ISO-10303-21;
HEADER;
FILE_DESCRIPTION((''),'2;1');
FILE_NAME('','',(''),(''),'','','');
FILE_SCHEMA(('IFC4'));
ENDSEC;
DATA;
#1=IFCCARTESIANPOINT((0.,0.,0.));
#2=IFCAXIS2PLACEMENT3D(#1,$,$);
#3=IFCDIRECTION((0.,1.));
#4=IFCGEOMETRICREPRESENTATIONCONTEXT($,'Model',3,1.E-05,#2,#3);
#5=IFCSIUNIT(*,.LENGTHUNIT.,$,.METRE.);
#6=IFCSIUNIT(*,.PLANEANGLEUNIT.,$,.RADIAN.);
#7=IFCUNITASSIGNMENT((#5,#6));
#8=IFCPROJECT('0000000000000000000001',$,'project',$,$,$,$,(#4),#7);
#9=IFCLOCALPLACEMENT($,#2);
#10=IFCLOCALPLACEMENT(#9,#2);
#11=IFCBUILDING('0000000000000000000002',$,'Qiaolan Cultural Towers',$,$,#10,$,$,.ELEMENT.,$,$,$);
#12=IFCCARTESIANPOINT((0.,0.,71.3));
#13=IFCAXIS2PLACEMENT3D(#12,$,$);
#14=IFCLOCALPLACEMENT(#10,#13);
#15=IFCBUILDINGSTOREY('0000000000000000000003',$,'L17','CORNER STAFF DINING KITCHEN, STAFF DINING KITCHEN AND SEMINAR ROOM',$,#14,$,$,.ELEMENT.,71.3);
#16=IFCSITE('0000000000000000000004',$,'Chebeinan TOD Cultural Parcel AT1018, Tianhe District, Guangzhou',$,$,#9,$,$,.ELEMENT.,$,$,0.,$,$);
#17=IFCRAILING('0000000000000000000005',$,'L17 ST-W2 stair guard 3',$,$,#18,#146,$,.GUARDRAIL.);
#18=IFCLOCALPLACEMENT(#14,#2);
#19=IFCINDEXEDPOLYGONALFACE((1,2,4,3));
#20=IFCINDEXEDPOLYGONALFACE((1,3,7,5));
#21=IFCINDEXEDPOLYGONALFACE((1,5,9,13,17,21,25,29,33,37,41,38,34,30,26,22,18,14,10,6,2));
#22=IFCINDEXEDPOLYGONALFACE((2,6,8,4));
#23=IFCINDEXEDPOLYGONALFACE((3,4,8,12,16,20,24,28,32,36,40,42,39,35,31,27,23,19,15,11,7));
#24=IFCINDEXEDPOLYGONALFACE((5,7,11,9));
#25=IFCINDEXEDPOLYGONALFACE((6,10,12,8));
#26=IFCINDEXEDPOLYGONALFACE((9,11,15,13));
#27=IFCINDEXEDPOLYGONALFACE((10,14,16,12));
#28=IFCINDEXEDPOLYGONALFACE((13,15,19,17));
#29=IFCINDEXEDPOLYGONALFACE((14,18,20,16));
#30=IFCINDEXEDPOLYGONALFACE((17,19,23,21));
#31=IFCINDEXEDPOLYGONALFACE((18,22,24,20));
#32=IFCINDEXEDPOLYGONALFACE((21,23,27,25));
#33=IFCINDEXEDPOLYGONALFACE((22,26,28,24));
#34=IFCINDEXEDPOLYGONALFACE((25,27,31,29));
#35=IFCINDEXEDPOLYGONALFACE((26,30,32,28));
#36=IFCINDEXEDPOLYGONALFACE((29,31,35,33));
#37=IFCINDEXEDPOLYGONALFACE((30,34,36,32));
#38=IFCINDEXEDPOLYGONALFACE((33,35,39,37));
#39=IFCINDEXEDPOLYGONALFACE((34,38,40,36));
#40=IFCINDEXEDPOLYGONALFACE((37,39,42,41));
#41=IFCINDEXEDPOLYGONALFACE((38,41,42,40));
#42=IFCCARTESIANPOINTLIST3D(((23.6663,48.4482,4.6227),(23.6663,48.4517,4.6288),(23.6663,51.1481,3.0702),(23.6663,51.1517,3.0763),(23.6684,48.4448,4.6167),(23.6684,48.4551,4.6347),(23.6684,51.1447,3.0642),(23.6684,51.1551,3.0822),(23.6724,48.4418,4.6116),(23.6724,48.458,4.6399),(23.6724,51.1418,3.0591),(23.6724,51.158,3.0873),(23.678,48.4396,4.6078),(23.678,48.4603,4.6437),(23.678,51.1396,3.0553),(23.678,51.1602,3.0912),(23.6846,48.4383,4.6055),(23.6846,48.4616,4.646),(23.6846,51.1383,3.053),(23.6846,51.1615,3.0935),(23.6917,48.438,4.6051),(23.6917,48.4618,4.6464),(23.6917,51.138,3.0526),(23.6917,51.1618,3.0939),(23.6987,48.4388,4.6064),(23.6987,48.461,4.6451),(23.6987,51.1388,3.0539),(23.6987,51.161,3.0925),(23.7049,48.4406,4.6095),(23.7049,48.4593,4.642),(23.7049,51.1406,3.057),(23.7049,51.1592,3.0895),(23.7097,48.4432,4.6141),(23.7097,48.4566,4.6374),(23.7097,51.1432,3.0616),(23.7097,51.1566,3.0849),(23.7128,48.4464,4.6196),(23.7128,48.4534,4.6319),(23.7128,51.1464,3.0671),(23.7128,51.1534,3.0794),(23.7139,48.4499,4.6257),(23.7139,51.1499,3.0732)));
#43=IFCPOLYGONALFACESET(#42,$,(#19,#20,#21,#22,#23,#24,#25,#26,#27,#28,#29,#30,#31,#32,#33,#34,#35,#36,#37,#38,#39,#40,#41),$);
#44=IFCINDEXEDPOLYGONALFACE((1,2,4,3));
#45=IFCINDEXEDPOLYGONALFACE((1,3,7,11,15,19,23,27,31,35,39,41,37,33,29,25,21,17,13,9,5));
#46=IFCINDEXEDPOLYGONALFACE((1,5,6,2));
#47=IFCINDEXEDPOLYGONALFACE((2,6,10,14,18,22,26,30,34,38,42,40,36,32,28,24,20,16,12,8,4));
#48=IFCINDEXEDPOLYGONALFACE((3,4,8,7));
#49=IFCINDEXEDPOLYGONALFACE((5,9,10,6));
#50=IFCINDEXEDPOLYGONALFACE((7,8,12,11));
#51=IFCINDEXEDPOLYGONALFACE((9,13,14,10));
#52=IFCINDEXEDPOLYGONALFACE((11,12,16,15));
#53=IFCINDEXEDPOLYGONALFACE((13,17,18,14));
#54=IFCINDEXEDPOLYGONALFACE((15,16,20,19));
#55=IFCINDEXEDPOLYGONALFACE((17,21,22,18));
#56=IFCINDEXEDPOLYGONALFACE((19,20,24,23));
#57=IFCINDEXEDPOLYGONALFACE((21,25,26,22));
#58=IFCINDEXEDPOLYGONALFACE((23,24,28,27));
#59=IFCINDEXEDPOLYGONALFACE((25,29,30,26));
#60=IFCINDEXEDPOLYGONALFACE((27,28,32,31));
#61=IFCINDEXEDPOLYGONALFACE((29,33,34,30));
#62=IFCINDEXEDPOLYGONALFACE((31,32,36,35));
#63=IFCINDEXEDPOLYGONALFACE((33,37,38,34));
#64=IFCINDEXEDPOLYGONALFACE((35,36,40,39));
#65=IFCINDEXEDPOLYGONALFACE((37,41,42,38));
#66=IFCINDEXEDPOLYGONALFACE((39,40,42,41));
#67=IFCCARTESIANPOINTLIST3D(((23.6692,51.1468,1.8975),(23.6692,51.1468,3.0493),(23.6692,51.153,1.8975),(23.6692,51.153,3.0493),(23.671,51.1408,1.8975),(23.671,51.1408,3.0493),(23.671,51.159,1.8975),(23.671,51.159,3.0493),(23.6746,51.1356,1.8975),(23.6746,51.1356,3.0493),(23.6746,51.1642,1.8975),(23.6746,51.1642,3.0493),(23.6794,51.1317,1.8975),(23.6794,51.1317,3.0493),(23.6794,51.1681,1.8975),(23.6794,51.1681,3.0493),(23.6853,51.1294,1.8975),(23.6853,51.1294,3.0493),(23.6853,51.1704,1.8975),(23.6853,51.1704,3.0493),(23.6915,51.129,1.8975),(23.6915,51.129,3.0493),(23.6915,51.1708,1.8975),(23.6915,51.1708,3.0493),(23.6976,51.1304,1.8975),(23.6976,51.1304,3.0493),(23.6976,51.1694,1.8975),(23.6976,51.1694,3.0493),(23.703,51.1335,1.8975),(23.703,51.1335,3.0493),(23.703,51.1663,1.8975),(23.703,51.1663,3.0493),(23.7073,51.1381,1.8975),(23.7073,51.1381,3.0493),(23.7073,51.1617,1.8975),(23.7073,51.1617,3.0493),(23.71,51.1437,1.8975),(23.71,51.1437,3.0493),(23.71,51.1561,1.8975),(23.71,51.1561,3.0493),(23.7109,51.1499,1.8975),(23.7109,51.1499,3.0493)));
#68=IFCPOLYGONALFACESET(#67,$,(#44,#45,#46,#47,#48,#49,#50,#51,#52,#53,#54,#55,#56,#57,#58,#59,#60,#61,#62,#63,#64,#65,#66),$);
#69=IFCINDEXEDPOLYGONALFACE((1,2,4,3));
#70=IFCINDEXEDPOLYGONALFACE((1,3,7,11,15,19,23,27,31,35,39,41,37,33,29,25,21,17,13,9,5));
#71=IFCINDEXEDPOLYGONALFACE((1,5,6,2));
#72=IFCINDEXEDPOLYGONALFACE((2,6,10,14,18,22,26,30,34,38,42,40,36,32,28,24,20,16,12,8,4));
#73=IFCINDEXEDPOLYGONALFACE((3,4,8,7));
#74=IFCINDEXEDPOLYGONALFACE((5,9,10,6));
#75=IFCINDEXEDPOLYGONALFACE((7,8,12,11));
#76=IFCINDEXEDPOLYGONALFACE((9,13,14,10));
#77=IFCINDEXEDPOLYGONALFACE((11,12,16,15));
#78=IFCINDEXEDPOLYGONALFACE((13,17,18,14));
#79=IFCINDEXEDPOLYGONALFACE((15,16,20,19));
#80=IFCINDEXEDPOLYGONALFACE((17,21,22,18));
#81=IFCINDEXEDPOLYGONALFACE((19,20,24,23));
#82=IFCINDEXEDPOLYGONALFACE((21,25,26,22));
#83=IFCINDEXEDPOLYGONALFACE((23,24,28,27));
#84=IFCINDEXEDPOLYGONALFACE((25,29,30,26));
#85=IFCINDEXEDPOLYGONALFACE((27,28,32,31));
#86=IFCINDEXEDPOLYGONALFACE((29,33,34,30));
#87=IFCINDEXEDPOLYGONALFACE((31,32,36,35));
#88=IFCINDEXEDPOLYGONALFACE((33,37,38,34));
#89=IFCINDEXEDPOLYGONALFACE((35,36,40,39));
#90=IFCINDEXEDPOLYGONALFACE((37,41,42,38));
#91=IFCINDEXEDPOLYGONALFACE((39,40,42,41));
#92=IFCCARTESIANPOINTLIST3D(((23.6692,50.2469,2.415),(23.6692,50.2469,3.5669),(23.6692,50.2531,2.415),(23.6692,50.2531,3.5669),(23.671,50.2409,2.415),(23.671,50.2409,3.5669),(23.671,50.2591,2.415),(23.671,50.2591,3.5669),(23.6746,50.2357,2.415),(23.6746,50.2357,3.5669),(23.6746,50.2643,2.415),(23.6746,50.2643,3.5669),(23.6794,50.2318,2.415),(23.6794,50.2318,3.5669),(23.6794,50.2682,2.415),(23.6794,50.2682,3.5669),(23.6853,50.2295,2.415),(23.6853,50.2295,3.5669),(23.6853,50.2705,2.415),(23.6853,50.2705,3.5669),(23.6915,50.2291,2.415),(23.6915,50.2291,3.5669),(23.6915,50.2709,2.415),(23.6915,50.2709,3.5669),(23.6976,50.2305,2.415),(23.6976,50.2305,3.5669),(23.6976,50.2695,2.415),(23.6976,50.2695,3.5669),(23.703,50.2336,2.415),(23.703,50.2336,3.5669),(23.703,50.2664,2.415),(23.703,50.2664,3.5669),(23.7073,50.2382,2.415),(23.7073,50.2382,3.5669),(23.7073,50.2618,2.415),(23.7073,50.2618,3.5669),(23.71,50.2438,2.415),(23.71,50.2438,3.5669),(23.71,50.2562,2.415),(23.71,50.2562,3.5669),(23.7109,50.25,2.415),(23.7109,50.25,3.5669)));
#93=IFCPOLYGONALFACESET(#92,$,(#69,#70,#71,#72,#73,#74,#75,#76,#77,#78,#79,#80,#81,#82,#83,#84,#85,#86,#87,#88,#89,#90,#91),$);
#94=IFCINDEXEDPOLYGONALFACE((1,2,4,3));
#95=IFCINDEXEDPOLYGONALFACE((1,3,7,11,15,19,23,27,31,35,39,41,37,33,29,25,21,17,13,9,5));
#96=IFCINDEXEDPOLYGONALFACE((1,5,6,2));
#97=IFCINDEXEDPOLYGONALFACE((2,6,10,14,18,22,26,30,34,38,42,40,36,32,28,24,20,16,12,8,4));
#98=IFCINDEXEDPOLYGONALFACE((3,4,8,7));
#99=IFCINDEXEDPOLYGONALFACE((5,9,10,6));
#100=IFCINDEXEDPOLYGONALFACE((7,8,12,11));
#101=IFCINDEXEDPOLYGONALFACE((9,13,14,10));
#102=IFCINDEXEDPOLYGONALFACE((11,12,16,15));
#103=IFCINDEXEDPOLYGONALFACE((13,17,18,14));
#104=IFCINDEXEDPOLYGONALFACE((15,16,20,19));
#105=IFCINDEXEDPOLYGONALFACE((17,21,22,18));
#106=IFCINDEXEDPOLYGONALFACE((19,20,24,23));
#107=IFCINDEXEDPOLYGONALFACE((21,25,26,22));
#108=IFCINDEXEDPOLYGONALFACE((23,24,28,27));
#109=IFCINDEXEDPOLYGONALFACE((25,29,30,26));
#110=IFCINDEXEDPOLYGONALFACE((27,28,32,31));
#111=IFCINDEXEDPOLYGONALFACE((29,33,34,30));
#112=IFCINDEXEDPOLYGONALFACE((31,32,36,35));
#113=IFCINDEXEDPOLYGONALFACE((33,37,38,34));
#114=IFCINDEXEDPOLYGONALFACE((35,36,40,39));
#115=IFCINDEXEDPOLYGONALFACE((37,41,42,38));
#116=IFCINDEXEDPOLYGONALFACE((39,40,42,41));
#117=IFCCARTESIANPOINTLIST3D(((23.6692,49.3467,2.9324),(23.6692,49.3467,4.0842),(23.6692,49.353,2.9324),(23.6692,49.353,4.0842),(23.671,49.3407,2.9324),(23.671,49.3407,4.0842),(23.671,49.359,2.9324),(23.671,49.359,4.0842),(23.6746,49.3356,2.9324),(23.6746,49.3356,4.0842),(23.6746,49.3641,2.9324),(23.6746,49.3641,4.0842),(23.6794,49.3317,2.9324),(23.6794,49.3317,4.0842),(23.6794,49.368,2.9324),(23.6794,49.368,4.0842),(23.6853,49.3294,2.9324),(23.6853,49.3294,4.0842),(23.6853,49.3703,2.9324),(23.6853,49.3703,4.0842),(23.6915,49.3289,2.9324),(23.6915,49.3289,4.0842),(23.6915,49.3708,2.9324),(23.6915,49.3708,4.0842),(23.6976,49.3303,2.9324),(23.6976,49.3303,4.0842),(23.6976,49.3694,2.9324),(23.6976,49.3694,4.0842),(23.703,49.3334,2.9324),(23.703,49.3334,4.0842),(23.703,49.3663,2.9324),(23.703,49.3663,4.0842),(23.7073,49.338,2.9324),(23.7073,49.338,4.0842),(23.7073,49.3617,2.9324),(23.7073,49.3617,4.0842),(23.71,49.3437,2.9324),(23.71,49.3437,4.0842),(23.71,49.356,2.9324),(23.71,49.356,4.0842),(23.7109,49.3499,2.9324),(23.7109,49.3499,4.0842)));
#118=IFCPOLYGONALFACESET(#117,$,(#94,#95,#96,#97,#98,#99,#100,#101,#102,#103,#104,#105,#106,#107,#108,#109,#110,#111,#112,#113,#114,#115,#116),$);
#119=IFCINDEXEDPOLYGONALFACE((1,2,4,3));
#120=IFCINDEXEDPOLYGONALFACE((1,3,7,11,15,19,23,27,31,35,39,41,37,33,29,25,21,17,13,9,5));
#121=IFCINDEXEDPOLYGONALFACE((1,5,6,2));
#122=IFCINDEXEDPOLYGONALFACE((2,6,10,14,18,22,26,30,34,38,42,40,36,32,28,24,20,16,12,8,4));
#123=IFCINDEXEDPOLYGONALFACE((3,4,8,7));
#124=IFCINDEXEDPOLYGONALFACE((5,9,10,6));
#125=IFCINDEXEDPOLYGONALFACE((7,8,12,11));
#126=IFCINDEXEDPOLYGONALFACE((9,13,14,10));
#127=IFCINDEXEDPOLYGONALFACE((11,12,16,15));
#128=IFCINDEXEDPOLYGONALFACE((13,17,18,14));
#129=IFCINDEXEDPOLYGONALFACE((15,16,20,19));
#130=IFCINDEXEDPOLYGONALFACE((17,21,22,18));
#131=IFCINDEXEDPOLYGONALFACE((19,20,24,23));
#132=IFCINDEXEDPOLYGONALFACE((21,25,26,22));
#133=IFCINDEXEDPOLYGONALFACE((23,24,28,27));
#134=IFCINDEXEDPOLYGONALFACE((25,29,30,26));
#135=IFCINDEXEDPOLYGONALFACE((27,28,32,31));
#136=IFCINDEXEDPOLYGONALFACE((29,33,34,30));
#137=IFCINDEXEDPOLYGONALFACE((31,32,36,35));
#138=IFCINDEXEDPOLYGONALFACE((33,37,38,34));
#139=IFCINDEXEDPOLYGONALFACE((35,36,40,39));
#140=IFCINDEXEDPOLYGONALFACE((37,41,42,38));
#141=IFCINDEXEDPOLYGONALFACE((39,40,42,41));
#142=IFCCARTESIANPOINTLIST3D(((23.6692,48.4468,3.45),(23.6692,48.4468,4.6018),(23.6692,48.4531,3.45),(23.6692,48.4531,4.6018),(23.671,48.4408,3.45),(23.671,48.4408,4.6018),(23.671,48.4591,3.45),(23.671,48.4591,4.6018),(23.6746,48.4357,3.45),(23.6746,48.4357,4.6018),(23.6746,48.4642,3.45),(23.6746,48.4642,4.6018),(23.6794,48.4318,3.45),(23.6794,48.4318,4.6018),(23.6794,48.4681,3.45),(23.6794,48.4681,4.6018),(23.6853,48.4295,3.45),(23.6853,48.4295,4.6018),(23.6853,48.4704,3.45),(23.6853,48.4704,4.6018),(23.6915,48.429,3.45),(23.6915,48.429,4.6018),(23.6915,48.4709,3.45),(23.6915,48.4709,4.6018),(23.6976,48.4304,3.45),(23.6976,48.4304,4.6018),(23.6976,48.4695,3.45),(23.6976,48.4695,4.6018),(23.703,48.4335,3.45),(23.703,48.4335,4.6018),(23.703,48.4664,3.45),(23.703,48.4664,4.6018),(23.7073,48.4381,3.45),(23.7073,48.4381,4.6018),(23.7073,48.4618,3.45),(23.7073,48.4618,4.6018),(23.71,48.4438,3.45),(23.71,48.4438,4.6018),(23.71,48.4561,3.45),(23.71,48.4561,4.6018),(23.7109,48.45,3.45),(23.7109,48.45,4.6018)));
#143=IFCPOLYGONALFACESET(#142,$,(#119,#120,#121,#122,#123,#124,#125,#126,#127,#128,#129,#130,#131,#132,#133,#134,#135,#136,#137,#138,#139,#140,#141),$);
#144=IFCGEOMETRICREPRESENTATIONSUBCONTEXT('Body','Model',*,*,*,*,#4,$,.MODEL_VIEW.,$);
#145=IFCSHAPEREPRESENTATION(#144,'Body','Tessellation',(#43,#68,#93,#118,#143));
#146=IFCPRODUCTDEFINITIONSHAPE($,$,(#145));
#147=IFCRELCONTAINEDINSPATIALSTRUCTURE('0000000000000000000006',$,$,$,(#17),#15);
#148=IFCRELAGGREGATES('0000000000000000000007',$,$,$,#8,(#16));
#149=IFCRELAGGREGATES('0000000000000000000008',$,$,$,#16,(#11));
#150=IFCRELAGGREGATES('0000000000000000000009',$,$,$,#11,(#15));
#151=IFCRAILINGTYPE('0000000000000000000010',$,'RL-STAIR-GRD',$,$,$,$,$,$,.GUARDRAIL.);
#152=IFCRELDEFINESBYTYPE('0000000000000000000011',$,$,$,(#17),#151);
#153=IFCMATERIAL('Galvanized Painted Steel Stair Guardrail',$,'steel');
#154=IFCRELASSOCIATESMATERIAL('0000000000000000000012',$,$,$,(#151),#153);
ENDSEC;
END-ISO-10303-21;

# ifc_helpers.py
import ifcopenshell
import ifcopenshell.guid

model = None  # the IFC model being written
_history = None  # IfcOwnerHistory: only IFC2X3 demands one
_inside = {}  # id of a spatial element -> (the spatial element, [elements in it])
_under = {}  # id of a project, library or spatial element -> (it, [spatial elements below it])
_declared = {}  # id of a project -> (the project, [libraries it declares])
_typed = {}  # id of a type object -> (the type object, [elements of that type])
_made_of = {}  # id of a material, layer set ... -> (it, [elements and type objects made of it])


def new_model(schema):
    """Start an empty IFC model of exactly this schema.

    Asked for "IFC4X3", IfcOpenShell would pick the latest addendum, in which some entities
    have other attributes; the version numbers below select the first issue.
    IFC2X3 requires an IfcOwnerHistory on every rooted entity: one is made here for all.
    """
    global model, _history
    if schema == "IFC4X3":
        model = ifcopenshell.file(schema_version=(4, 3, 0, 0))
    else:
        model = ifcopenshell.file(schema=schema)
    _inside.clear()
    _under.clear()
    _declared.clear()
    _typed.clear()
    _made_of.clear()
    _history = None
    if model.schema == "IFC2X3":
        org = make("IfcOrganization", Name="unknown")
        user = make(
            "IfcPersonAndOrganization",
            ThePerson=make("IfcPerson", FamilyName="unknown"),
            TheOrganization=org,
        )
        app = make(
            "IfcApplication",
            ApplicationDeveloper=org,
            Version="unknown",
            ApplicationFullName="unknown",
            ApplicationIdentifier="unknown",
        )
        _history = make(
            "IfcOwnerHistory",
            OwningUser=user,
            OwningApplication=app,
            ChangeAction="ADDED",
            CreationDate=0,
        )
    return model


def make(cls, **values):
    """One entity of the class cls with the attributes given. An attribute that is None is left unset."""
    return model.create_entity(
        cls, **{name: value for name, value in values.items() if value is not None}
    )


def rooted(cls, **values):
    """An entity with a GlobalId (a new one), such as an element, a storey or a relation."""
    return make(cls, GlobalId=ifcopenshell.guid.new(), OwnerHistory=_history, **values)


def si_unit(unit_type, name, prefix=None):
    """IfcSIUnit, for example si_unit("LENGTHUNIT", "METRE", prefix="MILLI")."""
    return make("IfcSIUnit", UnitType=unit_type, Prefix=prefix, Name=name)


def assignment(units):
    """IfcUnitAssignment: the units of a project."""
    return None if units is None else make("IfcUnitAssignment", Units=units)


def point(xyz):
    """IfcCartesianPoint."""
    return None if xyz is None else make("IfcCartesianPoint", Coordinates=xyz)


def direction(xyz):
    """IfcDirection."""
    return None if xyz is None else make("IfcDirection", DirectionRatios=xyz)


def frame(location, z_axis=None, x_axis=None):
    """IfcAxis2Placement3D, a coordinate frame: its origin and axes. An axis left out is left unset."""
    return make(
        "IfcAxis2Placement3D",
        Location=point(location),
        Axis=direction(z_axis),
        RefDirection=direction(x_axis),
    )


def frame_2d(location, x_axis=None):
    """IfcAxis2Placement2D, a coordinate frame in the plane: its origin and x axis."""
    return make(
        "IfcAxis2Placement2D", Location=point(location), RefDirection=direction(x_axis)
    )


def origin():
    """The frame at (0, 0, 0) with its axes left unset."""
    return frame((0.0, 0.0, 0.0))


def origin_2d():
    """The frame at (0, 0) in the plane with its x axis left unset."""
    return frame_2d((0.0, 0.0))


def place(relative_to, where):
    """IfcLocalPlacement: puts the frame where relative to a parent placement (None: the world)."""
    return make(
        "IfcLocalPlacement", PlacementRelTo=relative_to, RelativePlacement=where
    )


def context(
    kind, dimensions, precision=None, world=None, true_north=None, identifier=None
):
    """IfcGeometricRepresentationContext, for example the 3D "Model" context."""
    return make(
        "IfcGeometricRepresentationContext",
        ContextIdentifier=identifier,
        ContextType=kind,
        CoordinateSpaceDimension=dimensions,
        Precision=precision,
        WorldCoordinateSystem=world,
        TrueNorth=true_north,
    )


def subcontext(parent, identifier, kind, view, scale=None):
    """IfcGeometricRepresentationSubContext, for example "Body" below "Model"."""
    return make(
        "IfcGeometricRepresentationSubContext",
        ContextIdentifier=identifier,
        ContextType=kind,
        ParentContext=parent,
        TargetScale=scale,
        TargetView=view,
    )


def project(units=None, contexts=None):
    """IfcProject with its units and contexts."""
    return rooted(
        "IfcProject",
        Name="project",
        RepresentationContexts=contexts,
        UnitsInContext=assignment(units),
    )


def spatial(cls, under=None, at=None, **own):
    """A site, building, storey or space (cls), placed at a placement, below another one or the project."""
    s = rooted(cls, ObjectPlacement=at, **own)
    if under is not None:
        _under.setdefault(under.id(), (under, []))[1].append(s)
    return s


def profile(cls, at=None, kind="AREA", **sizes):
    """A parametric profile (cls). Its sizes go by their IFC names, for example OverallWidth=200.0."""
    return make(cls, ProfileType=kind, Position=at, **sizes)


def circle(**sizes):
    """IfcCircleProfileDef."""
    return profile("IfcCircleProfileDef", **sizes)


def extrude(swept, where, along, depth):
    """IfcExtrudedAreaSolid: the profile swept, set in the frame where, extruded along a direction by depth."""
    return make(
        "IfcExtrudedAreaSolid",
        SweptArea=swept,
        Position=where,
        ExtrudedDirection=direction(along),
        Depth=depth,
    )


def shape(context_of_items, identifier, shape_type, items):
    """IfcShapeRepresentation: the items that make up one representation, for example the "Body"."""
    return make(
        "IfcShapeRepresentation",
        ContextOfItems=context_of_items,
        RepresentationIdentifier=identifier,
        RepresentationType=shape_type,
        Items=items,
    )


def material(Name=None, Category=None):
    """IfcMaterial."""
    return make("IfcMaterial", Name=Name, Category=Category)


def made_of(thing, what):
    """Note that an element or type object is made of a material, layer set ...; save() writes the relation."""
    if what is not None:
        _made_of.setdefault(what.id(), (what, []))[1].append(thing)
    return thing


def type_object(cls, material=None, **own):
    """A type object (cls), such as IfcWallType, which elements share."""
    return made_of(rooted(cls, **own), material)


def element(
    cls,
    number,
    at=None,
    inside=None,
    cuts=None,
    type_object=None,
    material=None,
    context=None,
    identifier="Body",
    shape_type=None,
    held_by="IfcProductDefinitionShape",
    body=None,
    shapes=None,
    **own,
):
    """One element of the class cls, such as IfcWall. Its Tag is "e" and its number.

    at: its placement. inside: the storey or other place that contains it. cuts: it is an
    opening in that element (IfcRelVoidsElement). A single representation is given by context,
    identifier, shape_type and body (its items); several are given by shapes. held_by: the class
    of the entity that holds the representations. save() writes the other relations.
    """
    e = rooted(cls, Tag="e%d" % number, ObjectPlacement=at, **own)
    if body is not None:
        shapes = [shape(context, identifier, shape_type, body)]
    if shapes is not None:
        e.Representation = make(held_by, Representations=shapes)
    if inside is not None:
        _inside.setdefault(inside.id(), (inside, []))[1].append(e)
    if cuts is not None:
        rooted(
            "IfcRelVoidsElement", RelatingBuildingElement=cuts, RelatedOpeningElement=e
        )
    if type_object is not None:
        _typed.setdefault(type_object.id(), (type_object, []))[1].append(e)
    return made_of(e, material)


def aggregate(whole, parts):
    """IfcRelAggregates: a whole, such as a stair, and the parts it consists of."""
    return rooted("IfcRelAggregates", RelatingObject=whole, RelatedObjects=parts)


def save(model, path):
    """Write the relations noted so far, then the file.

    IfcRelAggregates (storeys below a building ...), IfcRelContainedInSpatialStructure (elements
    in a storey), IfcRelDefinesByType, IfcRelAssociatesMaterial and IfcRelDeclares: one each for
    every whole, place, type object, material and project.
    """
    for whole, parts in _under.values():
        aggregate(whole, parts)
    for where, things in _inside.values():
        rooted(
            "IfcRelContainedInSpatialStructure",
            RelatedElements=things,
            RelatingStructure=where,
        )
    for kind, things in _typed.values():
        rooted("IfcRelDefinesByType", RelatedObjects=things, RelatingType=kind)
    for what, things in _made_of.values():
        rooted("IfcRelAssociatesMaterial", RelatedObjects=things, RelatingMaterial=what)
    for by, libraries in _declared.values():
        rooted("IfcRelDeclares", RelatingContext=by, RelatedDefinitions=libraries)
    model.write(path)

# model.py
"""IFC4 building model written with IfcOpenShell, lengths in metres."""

from ifc_helpers import new_model, si_unit, direction, frame, origin, origin_2d, place, context, subcontext, project, spatial, circle, extrude, material, type_object, element, save


model = new_model("IFC4")

# Units and contexts
model_context = context("Model", 3, precision=1e-05, world=origin(), true_north=direction((0.0, 1.0)))
body_context = subcontext(model_context, "Body", "Model", "MODEL_VIEW")
ifc_project = project(units=[si_unit("LENGTHUNIT", "METRE"), si_unit("PLANEANGLEUNIT", "RADIAN")], contexts=[model_context])

# Site, building, storey
site_placement = place(None, origin())
site = spatial("IfcSite", under=ifc_project, at=site_placement, Name="Chebeinan TOD Cultural Parcel AT1018, Tianhe District, Guangzhou", CompositionType="ELEMENT", RefElevation=0.0)
building_placement = place(site_placement, origin())
building = spatial("IfcBuilding", under=site, at=building_placement, Name="Qiaolan Cultural Towers", CompositionType="ELEMENT")
storey_placement = place(building_placement, frame((0.0, 0.0, 71.3)))
storey = spatial("IfcBuildingStorey", under=building, at=storey_placement, Name="L17", Description="CORNER STAFF DINING KITCHEN, STAFF DINING KITCHEN AND SEMINAR ROOM", CompositionType="ELEMENT", Elevation=71.3)

# Railing
ifc_material_1 = material(Name="Galvanized Painted Steel Stair Guardrail", Category="steel")
railing_type_1 = type_object("IfcRailingType", Name="RL-STAIR-GRD", PredefinedType="GUARDRAIL", material=ifc_material_1)
railing_1_placement = place(storey_placement, frame((23.6899, 51.1499, 1.8975)))
element("IfcRailing", 1, at=railing_1_placement, inside=storey, type_object=railing_type_1, Name="L17 ST-W2 stair guard 3", PredefinedType="GUARDRAIL", context=body_context, shape_type="SweptSolid", body=[
    extrude(circle(Radius=0.0239, at=origin_2d()), frame((0.0, 0.0, 1.1758), z_axis=(0.0, -0.866904, 0.498476), x_axis=(1.0, 0.0, 0.0)), (0.0, 0.0, 1.0), 3.1145),
    extrude(circle(Radius=0.021, at=origin_2d()), origin(), (0.0, 0.0, 1.0), 1.1519),
    extrude(circle(Radius=0.021, at=origin_2d()), frame((0.0, -0.8999, 0.5176)), (0.0, 0.0, 1.0), 1.1519),
    extrude(circle(Radius=0.021, at=origin_2d()), frame((0.0, -1.8, 1.0349)), (0.0, 0.0, 1.0), 1.1519),
    extrude(circle(Radius=0.021, at=origin_2d()), frame((0.0, -2.7, 1.5525)), (0.0, 0.0, 1.0), 1.1519),
])

save(model, "model.ifc")
